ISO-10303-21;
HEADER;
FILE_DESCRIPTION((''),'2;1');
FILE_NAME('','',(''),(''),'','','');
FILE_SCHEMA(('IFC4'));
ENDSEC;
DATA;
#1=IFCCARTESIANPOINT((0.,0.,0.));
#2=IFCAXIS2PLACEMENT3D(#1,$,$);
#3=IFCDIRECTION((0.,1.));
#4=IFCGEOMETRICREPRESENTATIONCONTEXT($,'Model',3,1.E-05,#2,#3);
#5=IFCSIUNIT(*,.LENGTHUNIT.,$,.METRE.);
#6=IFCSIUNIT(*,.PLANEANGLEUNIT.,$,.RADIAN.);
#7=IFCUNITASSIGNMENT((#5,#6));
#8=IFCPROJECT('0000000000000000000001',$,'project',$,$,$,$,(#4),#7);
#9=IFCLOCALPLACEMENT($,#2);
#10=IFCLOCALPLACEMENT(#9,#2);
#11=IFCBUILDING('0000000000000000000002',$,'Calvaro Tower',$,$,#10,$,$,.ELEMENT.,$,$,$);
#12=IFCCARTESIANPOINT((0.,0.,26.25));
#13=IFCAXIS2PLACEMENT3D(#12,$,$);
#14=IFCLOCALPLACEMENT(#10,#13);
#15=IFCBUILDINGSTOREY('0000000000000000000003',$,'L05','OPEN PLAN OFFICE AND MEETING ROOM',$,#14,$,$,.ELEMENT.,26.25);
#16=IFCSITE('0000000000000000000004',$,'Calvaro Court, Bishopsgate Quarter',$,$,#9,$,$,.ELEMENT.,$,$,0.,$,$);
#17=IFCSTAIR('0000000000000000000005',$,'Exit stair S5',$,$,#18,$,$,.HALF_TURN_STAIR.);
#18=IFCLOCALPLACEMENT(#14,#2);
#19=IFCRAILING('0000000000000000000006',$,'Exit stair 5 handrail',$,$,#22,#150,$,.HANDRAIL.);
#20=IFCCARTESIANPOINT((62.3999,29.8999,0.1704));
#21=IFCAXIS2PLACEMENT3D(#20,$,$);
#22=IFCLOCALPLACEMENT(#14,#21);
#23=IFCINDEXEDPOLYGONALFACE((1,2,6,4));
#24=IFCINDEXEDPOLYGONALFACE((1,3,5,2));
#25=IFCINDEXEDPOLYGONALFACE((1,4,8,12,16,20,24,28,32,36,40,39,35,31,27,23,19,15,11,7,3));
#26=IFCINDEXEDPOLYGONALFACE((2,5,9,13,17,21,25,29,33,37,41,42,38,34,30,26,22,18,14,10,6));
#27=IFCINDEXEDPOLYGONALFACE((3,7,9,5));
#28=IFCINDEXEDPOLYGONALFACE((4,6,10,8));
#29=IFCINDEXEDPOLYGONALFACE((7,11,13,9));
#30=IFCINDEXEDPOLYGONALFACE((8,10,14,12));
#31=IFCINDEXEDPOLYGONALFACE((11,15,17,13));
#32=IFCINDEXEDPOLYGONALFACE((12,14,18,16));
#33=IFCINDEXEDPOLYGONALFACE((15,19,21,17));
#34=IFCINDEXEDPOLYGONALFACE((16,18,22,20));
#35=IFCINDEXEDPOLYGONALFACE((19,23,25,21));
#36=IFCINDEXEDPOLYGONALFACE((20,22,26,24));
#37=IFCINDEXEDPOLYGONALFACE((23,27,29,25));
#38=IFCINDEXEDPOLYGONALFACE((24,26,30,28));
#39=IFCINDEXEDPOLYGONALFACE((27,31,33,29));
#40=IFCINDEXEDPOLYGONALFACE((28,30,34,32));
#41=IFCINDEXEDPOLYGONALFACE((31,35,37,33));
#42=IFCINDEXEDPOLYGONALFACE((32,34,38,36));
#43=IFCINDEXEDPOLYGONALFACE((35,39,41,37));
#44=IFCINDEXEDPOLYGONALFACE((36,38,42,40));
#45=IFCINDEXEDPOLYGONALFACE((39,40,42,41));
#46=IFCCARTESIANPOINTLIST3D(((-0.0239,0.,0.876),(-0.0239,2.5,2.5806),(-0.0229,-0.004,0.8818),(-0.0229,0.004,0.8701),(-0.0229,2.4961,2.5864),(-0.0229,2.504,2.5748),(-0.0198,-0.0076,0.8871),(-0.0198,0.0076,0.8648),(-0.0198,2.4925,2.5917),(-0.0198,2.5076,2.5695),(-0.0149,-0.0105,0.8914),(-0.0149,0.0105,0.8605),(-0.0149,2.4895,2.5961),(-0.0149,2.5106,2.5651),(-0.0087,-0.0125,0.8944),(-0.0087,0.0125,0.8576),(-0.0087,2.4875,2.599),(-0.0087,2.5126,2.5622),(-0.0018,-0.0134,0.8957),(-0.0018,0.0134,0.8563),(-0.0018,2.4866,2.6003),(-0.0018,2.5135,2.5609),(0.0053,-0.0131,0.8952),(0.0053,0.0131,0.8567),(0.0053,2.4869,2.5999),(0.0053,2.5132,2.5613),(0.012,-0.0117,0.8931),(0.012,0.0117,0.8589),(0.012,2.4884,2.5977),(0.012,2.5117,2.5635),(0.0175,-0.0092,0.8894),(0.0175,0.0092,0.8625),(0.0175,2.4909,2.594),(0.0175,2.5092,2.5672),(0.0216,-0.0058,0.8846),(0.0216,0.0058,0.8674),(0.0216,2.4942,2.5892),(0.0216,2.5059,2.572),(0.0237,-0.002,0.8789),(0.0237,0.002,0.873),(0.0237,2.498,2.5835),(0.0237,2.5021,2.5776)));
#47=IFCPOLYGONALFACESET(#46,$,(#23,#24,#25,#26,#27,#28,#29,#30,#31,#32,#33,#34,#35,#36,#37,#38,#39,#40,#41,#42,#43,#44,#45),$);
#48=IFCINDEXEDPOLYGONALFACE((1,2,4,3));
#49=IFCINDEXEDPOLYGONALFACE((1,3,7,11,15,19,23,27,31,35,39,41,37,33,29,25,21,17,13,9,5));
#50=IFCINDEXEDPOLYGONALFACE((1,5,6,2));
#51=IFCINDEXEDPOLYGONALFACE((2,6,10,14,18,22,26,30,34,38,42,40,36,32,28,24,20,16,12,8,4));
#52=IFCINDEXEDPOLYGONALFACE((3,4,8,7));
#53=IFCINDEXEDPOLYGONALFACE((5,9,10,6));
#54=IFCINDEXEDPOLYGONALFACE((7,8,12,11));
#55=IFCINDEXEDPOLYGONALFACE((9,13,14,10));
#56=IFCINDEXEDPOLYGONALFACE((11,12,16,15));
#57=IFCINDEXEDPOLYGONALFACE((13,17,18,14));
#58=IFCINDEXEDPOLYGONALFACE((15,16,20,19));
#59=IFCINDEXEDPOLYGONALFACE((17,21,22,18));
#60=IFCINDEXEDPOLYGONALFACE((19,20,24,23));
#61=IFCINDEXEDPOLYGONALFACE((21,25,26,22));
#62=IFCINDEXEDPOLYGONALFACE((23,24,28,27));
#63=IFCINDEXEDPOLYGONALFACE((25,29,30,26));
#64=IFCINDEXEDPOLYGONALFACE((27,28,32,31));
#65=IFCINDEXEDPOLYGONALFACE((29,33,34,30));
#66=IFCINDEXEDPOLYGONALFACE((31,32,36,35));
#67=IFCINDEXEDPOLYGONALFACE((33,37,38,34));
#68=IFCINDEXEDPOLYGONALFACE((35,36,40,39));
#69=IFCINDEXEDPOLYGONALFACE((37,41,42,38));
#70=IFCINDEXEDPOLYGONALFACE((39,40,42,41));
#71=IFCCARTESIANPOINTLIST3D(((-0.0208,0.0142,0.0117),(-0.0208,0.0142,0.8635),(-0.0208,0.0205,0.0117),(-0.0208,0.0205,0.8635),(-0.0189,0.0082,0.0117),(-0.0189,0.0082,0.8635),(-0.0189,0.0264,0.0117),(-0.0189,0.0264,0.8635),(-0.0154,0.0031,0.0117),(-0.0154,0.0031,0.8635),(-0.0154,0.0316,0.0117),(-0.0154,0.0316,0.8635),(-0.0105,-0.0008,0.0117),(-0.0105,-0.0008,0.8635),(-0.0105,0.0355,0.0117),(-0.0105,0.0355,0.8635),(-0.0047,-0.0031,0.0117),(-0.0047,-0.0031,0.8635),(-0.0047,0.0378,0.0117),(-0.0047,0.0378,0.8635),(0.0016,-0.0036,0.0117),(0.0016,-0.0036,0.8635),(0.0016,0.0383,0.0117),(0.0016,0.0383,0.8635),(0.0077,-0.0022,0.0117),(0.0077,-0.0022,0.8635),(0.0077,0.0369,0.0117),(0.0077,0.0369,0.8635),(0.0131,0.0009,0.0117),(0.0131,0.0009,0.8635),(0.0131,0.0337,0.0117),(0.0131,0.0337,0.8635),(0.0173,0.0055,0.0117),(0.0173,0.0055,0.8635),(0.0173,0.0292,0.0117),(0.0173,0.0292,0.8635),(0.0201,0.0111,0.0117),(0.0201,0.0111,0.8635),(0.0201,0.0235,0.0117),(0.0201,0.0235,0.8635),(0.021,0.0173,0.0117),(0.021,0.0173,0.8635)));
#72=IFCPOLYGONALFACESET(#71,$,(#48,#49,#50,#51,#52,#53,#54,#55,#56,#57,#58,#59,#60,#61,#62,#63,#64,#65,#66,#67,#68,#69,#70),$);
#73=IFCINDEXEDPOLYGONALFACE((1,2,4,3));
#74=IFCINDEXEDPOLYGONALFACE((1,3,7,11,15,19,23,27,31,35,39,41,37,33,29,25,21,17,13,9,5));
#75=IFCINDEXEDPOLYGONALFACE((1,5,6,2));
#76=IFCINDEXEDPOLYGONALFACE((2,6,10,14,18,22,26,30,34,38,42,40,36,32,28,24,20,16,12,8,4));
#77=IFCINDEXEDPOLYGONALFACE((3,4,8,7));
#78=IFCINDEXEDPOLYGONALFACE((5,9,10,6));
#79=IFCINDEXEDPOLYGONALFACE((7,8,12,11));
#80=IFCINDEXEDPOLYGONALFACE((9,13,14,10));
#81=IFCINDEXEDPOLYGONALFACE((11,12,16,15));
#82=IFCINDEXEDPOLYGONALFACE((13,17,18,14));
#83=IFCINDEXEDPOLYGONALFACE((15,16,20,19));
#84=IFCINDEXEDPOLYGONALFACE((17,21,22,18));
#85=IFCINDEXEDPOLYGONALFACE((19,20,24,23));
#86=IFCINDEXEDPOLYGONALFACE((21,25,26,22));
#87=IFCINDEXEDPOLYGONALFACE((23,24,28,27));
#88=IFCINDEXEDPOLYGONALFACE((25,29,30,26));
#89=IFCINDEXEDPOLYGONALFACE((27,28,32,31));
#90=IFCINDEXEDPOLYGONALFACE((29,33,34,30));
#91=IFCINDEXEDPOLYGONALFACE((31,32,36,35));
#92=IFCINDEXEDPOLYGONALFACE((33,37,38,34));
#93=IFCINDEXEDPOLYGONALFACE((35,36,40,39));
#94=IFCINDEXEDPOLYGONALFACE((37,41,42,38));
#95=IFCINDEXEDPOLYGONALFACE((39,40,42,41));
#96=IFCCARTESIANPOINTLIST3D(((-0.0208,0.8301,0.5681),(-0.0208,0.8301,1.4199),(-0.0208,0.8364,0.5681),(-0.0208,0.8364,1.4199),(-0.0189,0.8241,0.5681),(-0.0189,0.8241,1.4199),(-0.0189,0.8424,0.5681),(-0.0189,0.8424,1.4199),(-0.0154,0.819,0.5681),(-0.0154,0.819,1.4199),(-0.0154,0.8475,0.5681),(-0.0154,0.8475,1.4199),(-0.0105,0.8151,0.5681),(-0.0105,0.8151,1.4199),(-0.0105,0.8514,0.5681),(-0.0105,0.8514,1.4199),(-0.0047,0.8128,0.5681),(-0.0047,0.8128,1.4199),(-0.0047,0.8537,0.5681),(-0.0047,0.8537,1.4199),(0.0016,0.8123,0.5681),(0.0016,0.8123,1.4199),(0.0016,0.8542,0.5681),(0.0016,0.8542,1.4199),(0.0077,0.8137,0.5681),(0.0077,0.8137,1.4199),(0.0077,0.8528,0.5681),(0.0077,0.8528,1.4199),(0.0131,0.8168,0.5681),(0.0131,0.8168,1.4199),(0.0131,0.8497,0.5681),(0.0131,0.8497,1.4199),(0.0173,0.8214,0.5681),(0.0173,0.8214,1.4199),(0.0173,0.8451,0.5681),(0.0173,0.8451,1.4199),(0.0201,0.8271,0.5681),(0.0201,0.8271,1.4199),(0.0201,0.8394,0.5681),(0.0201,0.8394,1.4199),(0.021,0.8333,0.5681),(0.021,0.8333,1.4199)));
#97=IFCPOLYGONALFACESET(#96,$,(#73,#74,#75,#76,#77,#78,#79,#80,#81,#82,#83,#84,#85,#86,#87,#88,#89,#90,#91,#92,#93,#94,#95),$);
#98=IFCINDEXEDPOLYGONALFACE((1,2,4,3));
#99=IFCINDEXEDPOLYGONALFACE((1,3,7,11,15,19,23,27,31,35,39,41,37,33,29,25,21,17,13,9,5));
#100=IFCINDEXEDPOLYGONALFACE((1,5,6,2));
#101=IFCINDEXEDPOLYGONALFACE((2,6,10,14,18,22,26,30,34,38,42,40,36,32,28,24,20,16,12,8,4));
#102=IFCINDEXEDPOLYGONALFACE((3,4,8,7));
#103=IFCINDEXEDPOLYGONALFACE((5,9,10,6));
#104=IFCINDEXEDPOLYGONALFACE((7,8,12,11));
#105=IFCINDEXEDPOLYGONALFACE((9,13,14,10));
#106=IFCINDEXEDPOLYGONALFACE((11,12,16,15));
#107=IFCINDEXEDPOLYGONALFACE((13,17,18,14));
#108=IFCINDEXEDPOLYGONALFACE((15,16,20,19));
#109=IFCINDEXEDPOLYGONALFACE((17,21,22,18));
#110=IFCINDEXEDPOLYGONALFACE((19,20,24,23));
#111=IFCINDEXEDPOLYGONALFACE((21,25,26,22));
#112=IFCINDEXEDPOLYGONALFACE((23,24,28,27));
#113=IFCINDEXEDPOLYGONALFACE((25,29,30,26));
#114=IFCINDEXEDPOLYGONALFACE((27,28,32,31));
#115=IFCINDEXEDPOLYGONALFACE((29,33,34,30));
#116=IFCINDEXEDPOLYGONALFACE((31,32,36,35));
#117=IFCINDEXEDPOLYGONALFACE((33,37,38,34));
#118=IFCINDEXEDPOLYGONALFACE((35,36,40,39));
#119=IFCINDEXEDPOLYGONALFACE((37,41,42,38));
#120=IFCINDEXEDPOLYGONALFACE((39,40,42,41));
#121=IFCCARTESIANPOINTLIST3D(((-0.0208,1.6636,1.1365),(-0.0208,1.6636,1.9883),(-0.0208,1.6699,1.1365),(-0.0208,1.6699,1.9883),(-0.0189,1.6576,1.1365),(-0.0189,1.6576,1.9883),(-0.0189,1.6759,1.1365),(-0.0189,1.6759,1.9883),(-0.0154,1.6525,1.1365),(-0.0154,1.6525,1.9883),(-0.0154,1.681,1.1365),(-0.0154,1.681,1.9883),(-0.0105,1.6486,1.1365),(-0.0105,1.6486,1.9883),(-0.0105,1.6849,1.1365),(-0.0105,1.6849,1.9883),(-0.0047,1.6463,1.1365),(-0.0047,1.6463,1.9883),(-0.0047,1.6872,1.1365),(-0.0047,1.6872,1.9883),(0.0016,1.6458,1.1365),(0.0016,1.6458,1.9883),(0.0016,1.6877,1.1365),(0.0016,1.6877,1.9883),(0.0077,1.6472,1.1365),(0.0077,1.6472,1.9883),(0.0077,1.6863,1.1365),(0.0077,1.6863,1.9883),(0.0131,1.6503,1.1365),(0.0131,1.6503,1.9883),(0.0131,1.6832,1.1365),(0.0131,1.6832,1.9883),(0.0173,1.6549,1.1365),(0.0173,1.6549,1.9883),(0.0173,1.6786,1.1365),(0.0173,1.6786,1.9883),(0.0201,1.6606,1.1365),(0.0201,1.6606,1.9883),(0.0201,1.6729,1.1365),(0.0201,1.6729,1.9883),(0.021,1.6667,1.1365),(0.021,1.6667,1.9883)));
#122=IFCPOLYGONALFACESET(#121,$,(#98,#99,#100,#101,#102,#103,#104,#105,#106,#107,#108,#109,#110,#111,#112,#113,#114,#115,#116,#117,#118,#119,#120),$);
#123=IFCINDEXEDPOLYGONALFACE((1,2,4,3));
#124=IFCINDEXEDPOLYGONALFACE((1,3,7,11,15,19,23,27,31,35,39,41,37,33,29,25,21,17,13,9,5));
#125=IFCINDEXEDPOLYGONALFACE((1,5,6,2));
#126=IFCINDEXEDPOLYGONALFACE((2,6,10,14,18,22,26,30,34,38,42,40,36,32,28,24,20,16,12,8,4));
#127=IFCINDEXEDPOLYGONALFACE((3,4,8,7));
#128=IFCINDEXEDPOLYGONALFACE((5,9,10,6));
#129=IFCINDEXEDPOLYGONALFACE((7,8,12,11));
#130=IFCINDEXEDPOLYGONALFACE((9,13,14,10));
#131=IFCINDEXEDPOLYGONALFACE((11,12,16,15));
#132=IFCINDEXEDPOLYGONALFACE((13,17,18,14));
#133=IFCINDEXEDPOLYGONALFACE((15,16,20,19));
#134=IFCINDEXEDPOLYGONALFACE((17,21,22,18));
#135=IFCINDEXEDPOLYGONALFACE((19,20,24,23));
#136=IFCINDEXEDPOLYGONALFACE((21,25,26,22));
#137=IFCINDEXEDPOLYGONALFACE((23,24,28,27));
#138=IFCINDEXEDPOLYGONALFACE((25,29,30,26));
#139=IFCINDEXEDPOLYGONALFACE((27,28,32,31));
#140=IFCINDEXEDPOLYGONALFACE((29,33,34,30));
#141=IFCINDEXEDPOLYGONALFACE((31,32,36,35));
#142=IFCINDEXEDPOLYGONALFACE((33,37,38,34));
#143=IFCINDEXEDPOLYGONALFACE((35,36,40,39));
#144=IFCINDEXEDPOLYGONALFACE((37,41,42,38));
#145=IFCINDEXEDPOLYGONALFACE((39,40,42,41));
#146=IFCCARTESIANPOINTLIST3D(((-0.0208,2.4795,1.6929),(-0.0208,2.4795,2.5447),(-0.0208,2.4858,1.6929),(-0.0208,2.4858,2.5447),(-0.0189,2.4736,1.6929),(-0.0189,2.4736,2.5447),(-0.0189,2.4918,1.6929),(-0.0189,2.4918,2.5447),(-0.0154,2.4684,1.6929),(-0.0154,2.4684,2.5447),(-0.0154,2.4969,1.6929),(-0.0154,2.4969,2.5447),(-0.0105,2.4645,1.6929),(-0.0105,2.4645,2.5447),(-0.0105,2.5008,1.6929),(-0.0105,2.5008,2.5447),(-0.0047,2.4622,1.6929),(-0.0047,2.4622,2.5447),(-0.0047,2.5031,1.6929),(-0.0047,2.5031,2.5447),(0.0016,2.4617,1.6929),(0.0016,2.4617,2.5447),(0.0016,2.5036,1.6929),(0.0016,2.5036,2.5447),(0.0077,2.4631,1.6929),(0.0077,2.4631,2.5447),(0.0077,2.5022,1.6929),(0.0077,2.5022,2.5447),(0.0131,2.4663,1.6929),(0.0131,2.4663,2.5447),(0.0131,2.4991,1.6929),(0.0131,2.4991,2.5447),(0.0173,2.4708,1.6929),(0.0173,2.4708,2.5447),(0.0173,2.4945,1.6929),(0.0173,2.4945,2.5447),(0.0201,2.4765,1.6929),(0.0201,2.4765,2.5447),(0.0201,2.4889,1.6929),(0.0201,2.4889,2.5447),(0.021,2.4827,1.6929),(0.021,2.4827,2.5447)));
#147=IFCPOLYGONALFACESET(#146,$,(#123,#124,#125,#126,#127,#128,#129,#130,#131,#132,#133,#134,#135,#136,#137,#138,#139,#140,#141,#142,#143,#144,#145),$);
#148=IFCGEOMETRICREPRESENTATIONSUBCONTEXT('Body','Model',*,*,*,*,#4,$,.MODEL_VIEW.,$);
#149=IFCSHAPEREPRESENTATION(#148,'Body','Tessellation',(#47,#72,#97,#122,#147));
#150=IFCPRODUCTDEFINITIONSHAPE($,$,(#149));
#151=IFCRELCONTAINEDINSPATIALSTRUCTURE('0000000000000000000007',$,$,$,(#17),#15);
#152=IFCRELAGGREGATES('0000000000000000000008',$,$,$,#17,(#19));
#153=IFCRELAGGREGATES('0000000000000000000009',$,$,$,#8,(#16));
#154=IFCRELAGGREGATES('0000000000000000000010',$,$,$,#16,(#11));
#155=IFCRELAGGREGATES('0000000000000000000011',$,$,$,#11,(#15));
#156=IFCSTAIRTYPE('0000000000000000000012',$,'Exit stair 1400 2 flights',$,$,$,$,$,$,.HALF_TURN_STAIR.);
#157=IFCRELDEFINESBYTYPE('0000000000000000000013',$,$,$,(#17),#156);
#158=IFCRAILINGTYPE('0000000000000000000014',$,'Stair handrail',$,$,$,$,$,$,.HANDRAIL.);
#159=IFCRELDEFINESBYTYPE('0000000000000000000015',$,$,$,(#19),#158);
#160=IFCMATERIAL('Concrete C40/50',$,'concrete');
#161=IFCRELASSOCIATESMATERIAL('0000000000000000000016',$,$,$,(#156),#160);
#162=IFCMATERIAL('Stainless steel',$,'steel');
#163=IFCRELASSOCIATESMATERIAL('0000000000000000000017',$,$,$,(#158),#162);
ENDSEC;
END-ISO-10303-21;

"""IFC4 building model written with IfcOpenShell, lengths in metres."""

from ifc_helpers import new_model, si_unit, direction, frame, origin, origin_2d, place, context, subcontext, project, spatial, circle, extrude, material, type_object, element, aggregate, save


model = new_model("IFC4")

# Units and contexts
model_context = context("Model", 3, precision=1e-05, world=origin(), true_north=direction((0.0, 1.0)))
body_context = subcontext(model_context, "Body", "Model", "MODEL_VIEW")
ifc_project = project(units=[si_unit("LENGTHUNIT", "METRE"), si_unit("PLANEANGLEUNIT", "RADIAN")], contexts=[model_context])

# Site, building, storey
site_placement = place(None, origin())
site = spatial("IfcSite", under=ifc_project, at=site_placement, Name="Calvaro Court, Bishopsgate Quarter", CompositionType="ELEMENT", RefElevation=0.0)
building_placement = place(site_placement, origin())
building = spatial("IfcBuilding", under=site, at=building_placement, Name="Calvaro Tower", CompositionType="ELEMENT")
storey_placement = place(building_placement, frame((0.0, 0.0, 26.25)))
storey = spatial("IfcBuildingStorey", under=building, at=storey_placement, Name="L05", Description="OPEN PLAN OFFICE AND MEETING ROOM", CompositionType="ELEMENT", Elevation=26.25)

# Stair
ifc_material_1 = material(Name="Concrete C40/50", Category="concrete")
stair_type = type_object("IfcStairType", Name="Exit stair 1400 2 flights", PredefinedType="HALF_TURN_STAIR", material=ifc_material_1)
stair_1_placement = place(storey_placement, origin())
stair_1 = element("IfcStair", 1, at=stair_1_placement, inside=storey, type_object=stair_type, Name="Exit stair S5", PredefinedType="HALF_TURN_STAIR")

# Shared definitions
ifc_material_2 = material(Name="Stainless steel", Category="steel")
railing_type = type_object("IfcRailingType", Name="Stair handrail", PredefinedType="HANDRAIL", material=ifc_material_2)

# Railing
railing_1_placement = place(storey_placement, frame((62.3999, 29.8999, 0.1704)))
railing_1 = element("IfcRailing", 2, at=railing_1_placement, type_object=railing_type, Name="Exit stair 5 handrail", PredefinedType="HANDRAIL", context=body_context, shape_type="SweptSolid", body=[
    extrude(circle(Radius=0.0239, at=origin_2d()), frame((0.0, 0.0, 0.876), z_axis=(0.0, 0.826221, 0.563347), x_axis=(-1.0, 0.0, 0.0)), (0.0, 0.0, 1.0), 3.0259),
    extrude(circle(Radius=0.021, at=origin_2d()), frame((0.0, 0.0173, 0.0117)), (0.0, 0.0, 1.0), 0.8518),
    extrude(circle(Radius=0.021, at=origin_2d()), frame((0.0, 0.8333, 0.5681)), (0.0, 0.0, 1.0), 0.8518),
    extrude(circle(Radius=0.021, at=origin_2d()), frame((0.0, 1.6667, 1.1365)), (0.0, 0.0, 1.0), 0.8518),
    extrude(circle(Radius=0.021, at=origin_2d()), frame((0.0, 2.4827, 1.6929)), (0.0, 0.0, 1.0), 0.8518),
])
aggregate(stair_1, [railing_1])

save(model, "model.ifc")
